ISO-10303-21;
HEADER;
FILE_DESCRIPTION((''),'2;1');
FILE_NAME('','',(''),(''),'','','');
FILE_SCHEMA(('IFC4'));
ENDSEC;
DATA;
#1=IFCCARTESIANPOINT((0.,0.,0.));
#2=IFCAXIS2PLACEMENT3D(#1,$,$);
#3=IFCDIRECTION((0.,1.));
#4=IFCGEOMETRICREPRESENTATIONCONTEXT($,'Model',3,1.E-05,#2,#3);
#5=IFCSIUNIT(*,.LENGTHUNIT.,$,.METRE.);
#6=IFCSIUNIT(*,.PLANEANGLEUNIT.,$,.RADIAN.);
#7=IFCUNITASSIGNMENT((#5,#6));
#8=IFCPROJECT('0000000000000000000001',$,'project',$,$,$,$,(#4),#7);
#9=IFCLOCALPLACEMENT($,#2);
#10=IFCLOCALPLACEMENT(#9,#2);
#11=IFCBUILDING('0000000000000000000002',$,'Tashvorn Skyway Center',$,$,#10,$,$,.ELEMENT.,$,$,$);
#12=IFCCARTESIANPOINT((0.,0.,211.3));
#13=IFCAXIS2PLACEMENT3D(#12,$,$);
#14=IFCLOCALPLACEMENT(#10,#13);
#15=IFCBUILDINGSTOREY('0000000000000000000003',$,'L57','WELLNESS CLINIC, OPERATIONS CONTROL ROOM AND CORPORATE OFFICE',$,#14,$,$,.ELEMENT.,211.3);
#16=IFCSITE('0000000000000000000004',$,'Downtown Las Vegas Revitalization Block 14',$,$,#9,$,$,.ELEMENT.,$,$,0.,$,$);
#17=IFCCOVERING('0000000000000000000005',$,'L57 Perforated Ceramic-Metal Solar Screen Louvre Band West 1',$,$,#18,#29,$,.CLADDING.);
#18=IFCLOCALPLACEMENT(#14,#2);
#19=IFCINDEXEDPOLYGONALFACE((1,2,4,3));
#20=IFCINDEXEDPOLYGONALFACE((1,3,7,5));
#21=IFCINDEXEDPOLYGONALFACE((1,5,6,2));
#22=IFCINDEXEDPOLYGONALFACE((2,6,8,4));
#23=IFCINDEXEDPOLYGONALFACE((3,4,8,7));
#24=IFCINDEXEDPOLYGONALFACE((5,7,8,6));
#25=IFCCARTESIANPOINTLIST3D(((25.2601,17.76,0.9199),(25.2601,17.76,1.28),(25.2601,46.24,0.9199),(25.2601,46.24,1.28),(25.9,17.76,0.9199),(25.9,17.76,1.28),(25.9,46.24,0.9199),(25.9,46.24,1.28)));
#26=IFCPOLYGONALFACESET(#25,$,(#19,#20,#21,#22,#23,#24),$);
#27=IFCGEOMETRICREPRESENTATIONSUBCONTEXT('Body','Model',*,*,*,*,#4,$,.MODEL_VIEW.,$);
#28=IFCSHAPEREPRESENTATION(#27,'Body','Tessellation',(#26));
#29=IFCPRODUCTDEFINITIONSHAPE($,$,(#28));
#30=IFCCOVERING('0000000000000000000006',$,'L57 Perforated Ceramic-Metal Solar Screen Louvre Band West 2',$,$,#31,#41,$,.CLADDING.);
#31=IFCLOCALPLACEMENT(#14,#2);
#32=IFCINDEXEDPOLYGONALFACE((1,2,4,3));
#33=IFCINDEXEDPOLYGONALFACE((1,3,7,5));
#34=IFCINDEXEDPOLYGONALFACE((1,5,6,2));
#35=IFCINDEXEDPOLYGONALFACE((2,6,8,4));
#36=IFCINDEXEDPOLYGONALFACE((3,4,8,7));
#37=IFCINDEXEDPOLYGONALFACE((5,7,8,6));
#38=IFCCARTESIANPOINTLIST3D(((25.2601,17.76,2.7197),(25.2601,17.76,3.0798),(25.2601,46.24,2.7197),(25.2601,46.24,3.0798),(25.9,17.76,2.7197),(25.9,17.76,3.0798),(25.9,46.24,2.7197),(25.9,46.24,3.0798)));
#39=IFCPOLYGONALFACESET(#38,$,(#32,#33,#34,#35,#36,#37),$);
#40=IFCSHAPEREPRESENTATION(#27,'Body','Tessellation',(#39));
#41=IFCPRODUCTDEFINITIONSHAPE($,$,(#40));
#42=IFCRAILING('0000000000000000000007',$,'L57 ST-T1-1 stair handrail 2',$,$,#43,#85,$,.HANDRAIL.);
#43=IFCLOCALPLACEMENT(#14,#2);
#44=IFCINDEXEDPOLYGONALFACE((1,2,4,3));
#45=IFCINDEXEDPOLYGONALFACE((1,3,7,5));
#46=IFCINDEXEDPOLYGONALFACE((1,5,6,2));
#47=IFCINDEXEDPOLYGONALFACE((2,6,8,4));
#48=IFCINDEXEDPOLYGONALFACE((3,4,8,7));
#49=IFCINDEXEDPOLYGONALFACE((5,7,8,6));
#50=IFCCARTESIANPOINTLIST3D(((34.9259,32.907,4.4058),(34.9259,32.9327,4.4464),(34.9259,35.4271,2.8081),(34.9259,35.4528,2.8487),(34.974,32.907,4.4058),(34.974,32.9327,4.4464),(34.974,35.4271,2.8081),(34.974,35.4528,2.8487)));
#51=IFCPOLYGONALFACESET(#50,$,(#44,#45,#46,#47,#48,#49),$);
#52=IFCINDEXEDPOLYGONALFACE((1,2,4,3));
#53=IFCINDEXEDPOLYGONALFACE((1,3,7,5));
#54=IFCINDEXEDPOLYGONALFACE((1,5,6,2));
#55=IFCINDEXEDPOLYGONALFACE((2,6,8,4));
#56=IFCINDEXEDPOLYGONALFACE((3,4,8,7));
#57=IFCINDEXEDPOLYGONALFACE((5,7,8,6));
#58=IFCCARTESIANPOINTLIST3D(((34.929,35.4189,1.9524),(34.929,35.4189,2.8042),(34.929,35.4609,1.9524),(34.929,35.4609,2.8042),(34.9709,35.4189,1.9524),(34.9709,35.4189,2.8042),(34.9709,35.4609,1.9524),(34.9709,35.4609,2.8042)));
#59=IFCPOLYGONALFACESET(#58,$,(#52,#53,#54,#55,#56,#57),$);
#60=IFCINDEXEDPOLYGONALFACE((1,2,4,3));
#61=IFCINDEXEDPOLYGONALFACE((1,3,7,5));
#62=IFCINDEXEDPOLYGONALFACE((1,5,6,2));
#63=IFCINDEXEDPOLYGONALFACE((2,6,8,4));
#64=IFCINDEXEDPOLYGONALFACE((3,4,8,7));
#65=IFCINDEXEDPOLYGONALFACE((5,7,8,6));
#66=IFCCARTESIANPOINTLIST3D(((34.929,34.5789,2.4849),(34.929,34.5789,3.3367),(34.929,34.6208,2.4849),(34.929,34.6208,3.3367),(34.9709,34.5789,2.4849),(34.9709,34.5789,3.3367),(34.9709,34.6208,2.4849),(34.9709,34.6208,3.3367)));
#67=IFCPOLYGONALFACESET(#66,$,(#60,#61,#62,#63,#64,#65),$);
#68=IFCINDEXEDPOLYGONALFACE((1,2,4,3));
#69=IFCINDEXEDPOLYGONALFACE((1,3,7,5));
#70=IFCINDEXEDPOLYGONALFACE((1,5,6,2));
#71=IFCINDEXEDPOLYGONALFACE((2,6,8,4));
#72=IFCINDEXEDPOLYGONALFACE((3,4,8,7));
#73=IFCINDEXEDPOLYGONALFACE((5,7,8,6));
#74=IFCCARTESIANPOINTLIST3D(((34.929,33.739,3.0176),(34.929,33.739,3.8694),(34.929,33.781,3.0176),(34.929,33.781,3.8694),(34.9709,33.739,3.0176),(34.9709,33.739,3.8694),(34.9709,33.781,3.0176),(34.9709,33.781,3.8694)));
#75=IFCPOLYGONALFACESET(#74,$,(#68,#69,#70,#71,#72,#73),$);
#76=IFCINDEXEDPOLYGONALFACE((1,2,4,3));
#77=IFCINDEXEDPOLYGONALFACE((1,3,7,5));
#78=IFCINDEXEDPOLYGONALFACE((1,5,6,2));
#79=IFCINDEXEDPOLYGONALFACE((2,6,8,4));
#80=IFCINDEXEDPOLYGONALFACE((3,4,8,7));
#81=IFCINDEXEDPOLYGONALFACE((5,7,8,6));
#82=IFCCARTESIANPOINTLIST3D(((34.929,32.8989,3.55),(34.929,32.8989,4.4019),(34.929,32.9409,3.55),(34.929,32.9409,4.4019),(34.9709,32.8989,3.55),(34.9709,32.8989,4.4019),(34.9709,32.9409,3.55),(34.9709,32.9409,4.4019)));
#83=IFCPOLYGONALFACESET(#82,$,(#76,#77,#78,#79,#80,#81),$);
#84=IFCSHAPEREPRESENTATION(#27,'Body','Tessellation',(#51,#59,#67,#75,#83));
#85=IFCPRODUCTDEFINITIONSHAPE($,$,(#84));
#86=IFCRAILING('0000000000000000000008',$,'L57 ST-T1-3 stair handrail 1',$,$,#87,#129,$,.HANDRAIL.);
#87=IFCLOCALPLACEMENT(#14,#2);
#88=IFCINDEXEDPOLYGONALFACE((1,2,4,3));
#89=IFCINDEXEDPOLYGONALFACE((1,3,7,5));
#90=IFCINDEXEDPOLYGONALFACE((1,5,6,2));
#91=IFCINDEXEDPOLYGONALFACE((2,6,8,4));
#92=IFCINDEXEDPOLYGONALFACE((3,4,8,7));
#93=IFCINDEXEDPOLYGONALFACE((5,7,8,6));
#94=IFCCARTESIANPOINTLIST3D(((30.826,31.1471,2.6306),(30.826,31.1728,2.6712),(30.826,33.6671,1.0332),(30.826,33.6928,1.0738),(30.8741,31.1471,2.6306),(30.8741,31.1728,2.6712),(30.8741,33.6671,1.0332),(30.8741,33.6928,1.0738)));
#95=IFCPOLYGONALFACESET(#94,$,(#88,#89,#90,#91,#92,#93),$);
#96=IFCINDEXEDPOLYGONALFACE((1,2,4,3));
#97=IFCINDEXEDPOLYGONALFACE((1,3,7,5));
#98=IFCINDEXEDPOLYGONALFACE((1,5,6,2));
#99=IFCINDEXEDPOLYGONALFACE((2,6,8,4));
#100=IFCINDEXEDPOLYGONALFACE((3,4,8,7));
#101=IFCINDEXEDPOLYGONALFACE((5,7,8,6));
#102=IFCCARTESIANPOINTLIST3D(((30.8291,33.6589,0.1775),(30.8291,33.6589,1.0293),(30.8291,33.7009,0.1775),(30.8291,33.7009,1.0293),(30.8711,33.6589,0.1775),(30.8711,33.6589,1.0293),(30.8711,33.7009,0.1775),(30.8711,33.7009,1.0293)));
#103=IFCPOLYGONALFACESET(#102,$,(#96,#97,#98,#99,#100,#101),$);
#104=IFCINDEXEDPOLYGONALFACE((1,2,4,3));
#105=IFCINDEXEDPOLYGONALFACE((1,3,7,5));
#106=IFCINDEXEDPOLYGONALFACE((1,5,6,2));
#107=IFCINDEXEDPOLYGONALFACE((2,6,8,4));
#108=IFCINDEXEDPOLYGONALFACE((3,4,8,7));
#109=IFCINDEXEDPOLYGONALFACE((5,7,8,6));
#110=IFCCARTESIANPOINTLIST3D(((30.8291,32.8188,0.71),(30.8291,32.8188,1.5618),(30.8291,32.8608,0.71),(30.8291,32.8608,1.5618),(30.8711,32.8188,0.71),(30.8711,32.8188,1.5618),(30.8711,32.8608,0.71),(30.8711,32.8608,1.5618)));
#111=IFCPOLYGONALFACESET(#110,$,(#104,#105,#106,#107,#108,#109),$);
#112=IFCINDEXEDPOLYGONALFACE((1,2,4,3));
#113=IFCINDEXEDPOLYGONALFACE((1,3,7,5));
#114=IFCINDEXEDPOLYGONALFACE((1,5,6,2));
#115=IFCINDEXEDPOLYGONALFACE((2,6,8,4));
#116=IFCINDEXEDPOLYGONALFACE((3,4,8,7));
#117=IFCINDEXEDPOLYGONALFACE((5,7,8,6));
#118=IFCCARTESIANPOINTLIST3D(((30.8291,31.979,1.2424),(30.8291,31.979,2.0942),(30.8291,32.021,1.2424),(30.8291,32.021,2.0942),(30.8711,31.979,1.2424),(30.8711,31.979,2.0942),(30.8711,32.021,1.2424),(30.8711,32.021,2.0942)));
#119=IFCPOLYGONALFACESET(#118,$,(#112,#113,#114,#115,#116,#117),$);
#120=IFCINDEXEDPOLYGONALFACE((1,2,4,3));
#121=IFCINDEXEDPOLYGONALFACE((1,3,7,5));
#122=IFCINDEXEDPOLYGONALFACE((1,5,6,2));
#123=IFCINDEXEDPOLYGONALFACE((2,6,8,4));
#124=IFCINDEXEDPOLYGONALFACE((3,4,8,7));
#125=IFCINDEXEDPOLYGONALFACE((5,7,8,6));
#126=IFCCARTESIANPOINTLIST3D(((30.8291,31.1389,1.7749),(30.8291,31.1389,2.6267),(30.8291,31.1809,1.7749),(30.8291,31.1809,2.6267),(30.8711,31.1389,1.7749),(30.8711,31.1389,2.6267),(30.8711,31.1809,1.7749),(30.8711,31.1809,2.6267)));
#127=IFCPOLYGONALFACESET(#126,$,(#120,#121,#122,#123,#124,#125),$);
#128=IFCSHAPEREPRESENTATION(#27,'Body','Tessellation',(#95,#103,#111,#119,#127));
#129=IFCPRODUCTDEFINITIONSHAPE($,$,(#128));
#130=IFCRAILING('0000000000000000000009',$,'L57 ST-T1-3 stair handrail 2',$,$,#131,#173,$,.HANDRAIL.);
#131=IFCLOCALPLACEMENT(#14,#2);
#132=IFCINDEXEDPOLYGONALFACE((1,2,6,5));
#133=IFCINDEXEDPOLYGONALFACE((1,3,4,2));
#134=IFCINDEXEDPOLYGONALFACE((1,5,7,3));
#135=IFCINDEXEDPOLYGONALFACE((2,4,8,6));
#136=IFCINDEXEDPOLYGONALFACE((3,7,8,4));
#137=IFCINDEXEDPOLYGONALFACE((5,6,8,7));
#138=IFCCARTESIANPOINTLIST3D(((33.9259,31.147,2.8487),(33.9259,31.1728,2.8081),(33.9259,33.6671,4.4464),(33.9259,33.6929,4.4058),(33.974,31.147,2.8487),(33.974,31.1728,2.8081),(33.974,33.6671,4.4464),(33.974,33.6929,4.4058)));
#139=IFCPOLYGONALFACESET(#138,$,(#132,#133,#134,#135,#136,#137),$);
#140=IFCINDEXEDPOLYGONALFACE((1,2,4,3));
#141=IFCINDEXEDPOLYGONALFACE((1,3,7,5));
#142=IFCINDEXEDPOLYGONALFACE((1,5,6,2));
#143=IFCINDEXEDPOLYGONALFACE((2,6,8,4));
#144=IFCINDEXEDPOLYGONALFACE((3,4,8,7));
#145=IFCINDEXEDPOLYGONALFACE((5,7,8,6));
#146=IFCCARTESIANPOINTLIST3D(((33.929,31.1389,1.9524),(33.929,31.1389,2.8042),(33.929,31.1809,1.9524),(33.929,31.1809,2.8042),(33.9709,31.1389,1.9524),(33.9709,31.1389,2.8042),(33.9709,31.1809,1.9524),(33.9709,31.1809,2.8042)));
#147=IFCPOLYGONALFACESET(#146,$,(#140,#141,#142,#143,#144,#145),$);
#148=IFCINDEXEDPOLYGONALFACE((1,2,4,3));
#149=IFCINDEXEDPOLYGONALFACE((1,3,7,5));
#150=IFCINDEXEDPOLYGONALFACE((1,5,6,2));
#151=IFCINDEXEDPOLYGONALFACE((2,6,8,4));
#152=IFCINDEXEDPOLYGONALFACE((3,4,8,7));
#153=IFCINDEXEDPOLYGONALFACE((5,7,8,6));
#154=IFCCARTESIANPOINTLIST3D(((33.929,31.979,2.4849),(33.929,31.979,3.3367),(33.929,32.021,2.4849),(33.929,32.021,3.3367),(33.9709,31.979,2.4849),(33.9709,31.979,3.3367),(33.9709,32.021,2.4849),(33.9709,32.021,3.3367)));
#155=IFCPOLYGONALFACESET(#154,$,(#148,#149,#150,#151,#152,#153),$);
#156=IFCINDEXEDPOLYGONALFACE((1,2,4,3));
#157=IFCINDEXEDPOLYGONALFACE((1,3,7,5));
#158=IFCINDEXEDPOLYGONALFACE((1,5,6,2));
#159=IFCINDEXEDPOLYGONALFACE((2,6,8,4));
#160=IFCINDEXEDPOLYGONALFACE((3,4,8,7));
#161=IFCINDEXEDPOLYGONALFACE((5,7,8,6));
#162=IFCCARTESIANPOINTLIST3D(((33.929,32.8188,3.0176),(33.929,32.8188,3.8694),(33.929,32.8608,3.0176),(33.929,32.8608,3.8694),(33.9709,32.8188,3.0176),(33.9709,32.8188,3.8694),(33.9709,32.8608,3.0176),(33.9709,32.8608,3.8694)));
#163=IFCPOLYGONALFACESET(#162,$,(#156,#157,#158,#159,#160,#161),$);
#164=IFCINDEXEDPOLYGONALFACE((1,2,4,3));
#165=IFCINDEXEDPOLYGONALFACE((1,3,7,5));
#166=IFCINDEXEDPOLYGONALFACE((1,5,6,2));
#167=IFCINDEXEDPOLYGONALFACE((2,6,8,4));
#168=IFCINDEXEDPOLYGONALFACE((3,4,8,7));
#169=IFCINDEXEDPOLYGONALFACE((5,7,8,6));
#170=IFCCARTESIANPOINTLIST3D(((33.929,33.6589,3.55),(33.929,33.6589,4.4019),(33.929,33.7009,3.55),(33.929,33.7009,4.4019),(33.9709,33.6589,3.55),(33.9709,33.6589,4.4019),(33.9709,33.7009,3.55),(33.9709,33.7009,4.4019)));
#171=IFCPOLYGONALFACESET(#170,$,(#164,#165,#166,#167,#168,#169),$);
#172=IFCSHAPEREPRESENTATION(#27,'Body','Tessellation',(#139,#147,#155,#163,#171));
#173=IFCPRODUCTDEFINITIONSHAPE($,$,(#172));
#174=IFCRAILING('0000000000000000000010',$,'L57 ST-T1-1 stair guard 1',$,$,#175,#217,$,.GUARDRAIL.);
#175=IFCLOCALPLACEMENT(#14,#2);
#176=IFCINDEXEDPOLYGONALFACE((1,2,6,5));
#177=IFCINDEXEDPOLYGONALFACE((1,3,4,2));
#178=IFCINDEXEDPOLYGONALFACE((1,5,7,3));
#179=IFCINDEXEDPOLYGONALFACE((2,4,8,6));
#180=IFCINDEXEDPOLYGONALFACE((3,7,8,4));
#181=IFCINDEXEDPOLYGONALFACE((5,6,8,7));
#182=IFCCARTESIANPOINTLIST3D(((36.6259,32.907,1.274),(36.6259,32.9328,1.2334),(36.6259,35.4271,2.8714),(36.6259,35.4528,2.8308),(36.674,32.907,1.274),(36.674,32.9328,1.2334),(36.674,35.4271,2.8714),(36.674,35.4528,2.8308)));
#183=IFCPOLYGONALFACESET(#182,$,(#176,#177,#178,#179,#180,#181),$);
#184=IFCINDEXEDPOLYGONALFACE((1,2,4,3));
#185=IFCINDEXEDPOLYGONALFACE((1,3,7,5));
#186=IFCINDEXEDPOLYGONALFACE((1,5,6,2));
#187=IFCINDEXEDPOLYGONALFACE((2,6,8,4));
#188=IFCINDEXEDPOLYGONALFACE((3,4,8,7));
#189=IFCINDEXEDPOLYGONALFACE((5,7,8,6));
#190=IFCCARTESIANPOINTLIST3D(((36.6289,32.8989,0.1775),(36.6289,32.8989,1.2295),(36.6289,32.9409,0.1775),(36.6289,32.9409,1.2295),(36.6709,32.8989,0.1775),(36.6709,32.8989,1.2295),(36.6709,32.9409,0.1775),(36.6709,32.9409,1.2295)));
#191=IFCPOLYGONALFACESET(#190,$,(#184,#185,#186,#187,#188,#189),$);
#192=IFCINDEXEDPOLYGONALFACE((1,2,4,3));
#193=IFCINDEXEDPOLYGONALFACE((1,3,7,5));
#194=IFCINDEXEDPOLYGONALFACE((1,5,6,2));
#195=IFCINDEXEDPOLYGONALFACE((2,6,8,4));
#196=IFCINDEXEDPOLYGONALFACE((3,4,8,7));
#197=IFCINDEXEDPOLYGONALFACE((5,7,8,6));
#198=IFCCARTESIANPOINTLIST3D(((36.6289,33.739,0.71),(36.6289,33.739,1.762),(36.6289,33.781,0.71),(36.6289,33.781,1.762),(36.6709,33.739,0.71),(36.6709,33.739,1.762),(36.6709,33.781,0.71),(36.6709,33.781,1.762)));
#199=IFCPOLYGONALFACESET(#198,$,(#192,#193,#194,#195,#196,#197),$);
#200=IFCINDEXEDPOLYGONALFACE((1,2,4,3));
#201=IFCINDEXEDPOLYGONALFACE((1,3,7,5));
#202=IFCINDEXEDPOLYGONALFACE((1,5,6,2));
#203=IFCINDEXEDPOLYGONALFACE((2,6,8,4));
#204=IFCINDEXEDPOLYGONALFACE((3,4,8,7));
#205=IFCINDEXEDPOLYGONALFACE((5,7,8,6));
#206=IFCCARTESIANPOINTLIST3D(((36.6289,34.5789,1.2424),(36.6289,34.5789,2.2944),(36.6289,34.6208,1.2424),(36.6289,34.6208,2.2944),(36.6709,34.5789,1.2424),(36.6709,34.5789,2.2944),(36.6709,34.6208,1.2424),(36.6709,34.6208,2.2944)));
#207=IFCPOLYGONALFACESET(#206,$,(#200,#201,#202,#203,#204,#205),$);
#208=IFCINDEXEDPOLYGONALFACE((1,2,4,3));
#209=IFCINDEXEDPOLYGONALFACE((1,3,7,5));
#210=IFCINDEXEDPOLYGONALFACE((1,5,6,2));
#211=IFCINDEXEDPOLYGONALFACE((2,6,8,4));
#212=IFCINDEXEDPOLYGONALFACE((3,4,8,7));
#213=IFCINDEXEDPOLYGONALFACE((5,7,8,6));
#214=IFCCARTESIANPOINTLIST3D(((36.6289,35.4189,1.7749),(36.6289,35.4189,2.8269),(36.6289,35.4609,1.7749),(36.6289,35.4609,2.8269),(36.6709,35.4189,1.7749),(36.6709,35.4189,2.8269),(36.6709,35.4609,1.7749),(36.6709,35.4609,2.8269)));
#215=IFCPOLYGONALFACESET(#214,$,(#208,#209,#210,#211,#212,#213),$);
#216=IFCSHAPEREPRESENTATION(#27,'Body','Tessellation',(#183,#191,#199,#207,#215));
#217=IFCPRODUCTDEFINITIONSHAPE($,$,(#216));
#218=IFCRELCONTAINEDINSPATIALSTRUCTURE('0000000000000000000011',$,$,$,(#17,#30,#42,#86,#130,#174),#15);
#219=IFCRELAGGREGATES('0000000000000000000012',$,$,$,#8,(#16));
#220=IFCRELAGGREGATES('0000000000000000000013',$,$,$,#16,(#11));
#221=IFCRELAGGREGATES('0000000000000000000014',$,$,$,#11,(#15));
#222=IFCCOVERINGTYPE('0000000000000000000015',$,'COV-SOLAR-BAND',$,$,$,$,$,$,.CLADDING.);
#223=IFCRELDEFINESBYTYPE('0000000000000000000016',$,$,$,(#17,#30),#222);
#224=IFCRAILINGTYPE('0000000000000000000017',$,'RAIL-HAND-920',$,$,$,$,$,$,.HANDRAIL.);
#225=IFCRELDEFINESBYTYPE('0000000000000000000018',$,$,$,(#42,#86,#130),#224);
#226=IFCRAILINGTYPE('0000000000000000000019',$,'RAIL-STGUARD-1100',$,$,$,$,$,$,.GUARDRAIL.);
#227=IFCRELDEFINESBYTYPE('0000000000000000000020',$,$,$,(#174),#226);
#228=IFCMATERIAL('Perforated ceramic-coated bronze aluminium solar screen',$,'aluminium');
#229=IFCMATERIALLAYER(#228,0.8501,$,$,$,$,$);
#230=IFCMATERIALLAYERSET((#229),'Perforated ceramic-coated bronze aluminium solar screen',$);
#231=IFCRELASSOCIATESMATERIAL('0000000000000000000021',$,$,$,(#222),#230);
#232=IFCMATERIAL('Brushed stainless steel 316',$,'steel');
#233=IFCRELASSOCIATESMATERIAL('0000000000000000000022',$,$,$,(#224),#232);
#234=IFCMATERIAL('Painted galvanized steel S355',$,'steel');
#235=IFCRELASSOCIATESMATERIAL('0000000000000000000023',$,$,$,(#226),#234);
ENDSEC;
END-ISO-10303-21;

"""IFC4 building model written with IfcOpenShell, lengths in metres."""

from ifc_helpers import new_model, si_unit, direction, frame, origin, origin_2d, place, context, subcontext, project, spatial, rectangle, extrude, material, layer, layer_set, type_object, element, save


model = new_model("IFC4")

# Units and contexts
model_context = context("Model", 3, precision=1e-05, world=origin(), true_north=direction((0.0, 1.0)))
body_context = subcontext(model_context, "Body", "Model", "MODEL_VIEW")
ifc_project = project(units=[si_unit("LENGTHUNIT", "METRE"), si_unit("PLANEANGLEUNIT", "RADIAN")], contexts=[model_context])

# Site, building, storey
site_placement = place(None, origin())
site = spatial("IfcSite", under=ifc_project, at=site_placement, Name="Downtown Las Vegas Revitalization Block 14", CompositionType="ELEMENT", RefElevation=0.0)
building_placement = place(site_placement, origin())
building = spatial("IfcBuilding", under=site, at=building_placement, Name="Tashvorn Skyway Center", CompositionType="ELEMENT")
storey_placement = place(building_placement, frame((0.0, 0.0, 211.3)))
storey = spatial("IfcBuildingStorey", under=building, at=storey_placement, Name="L57", Description="WELLNESS CLINIC, OPERATIONS CONTROL ROOM AND CORPORATE OFFICE", CompositionType="ELEMENT", Elevation=211.3)

# Coverings
ifc_material_1 = material(Name="Perforated ceramic-coated bronze aluminium solar screen", Category="aluminium")
ifc_layer_1 = layer(ifc_material_1, 0.8501)
ifc_layer_set_1 = layer_set([ifc_layer_1], Name="Perforated ceramic-coated bronze aluminium solar screen")
covering_type_1 = type_object("IfcCoveringType", Name="COV-SOLAR-BAND", PredefinedType="CLADDING", material=ifc_layer_set_1)
for number, where, z_axis, x_axis, name in (
    (1, (25.5801, 32.0, 0.9199), (0.0, 0.0, 1.0), (0.0, 1.0, 0.0), "L57 Perforated Ceramic-Metal Solar Screen Louvre Band West 1"),
    (2, (25.5801, 32.0, 2.7197), (0.0, 0.0, 1.0), (0.0, 1.0, 0.0), "L57 Perforated Ceramic-Metal Solar Screen Louvre Band West 2"),
):
    element("IfcCovering", number, at=place(storey_placement, frame(where, z_axis=z_axis, x_axis=x_axis)), inside=storey, type_object=covering_type_1, Name=name, PredefinedType="CLADDING", context=body_context, shape_type="SweptSolid", body=[
        extrude(rectangle(XDim=28.48, YDim=0.6399, at=origin_2d()), origin(), (0.0, 0.0, 1.0), 0.3601),
    ])

# Railings
ifc_material_2 = material(Name="Brushed stainless steel 316", Category="steel")
railing_type_1 = type_object("IfcRailingType", Name="RAIL-HAND-920", PredefinedType="HANDRAIL", material=ifc_material_2)
railing_1_placement = place(storey_placement, frame((34.95, 35.4399, 1.9524)))
element("IfcRailing", 3, at=railing_1_placement, inside=storey, type_object=railing_type_1, Name="L57 ST-T1-1 stair handrail 2", PredefinedType="HANDRAIL", context=body_context, shape_type="SweptSolid", body=[
    extrude(rectangle(XDim=0.0481, YDim=0.0481, at=origin_2d()), frame((0.0, 0.0, 0.876), z_axis=(0.0, -0.84457, 0.535445), x_axis=(1.0, 0.0, 0.0)), (0.0, 0.0, 1.0), 2.9839),
    extrude(rectangle(XDim=0.042, YDim=0.042, at=origin_2d()), origin(), (0.0, 0.0, 1.0), 0.8518),
    extrude(rectangle(XDim=0.042, YDim=0.042, at=origin_2d()), frame((0.0, -0.8401, 0.5325)), (0.0, 0.0, 1.0), 0.8518),
    extrude(rectangle(XDim=0.042, YDim=0.042, at=origin_2d()), frame((0.0, -1.6799, 1.0652)), (0.0, 0.0, 1.0), 0.8518),
    extrude(rectangle(XDim=0.042, YDim=0.042, at=origin_2d()), frame((0.0, -2.52, 1.5977)), (0.0, 0.0, 1.0), 0.8518),
])
railing_2_placement = place(storey_placement, frame((30.8501, 33.6799, 0.1775)))
element("IfcRailing", 4, at=railing_2_placement, inside=storey, type_object=railing_type_1, Name="L57 ST-T1-3 stair handrail 1", PredefinedType="HANDRAIL", context=body_context, shape_type="SweptSolid", body=[
    extrude(rectangle(XDim=0.0481, YDim=0.0481, at=origin_2d()), frame((0.0, 0.0, 0.876), z_axis=(0.0, -0.844607, 0.535387), x_axis=(1.0, 0.0, 0.0)), (0.0, 0.0, 1.0), 2.9836),
    extrude(rectangle(XDim=0.042, YDim=0.042, at=origin_2d()), origin(), (0.0, 0.0, 1.0), 0.8518),
    extrude(rectangle(XDim=0.042, YDim=0.042, at=origin_2d()), frame((0.0, -0.8401, 0.5325)), (0.0, 0.0, 1.0), 0.8518),
    extrude(rectangle(XDim=0.042, YDim=0.042, at=origin_2d()), frame((0.0, -1.6799, 1.0649)), (0.0, 0.0, 1.0), 0.8518),
    extrude(rectangle(XDim=0.042, YDim=0.042, at=origin_2d()), frame((0.0, -2.52, 1.5974)), (0.0, 0.0, 1.0), 0.8518),
])
railing_3_placement = place(storey_placement, frame((33.95, 31.1599, 1.9524)))
element("IfcRailing", 5, at=railing_3_placement, inside=storey, type_object=railing_type_1, Name="L57 ST-T1-3 stair handrail 2", PredefinedType="HANDRAIL", context=body_context, shape_type="SweptSolid", body=[
    extrude(rectangle(XDim=0.0481, YDim=0.0481, at=origin_2d()), frame((0.0, 0.0, 0.876), z_axis=(0.0, 0.84457, 0.535445), x_axis=(-1.0, 0.0, 0.0)), (0.0, 0.0, 1.0), 2.9839),
    extrude(rectangle(XDim=0.042, YDim=0.042, at=origin_2d()), origin(), (0.0, 0.0, 1.0), 0.8518),
    extrude(rectangle(XDim=0.042, YDim=0.042, at=origin_2d()), frame((0.0, 0.8401, 0.5325)), (0.0, 0.0, 1.0), 0.8518),
    extrude(rectangle(XDim=0.042, YDim=0.042, at=origin_2d()), frame((0.0, 1.6799, 1.0652)), (0.0, 0.0, 1.0), 0.8518),
    extrude(rectangle(XDim=0.042, YDim=0.042, at=origin_2d()), frame((0.0, 2.52, 1.5977)), (0.0, 0.0, 1.0), 0.8518),
])
ifc_material_3 = material(Name="Painted galvanized steel S355", Category="steel")
railing_type_2 = type_object("IfcRailingType", Name="RAIL-STGUARD-1100", PredefinedType="GUARDRAIL", material=ifc_material_3)
railing_4_placement = place(storey_placement, frame((36.6499, 32.9199, 0.1775)))
element("IfcRailing", 6, at=railing_4_placement, inside=storey, type_object=railing_type_2, Name="L57 ST-T1-1 stair guard 1", PredefinedType="GUARDRAIL", context=body_context, shape_type="SweptSolid", body=[
    extrude(rectangle(XDim=0.0481, YDim=0.0481, at=origin_2d()), frame((0.0, 0.0, 1.0762), z_axis=(0.0, 0.844607, 0.535387), x_axis=(-1.0, 0.0, 0.0)), (0.0, 0.0, 1.0), 2.9836),
    extrude(rectangle(XDim=0.042, YDim=0.042, at=origin_2d()), origin(), (0.0, 0.0, 1.0), 1.052),
    extrude(rectangle(XDim=0.042, YDim=0.042, at=origin_2d()), frame((0.0, 0.8401, 0.5325)), (0.0, 0.0, 1.0), 1.052),
    extrude(rectangle(XDim=0.042, YDim=0.042, at=origin_2d()), frame((0.0, 1.6799, 1.0649)), (0.0, 0.0, 1.0), 1.052),
    extrude(rectangle(XDim=0.042, YDim=0.042, at=origin_2d()), frame((0.0, 2.52, 1.5974)), (0.0, 0.0, 1.0), 1.052),
])

save(model, "model.ifc")
